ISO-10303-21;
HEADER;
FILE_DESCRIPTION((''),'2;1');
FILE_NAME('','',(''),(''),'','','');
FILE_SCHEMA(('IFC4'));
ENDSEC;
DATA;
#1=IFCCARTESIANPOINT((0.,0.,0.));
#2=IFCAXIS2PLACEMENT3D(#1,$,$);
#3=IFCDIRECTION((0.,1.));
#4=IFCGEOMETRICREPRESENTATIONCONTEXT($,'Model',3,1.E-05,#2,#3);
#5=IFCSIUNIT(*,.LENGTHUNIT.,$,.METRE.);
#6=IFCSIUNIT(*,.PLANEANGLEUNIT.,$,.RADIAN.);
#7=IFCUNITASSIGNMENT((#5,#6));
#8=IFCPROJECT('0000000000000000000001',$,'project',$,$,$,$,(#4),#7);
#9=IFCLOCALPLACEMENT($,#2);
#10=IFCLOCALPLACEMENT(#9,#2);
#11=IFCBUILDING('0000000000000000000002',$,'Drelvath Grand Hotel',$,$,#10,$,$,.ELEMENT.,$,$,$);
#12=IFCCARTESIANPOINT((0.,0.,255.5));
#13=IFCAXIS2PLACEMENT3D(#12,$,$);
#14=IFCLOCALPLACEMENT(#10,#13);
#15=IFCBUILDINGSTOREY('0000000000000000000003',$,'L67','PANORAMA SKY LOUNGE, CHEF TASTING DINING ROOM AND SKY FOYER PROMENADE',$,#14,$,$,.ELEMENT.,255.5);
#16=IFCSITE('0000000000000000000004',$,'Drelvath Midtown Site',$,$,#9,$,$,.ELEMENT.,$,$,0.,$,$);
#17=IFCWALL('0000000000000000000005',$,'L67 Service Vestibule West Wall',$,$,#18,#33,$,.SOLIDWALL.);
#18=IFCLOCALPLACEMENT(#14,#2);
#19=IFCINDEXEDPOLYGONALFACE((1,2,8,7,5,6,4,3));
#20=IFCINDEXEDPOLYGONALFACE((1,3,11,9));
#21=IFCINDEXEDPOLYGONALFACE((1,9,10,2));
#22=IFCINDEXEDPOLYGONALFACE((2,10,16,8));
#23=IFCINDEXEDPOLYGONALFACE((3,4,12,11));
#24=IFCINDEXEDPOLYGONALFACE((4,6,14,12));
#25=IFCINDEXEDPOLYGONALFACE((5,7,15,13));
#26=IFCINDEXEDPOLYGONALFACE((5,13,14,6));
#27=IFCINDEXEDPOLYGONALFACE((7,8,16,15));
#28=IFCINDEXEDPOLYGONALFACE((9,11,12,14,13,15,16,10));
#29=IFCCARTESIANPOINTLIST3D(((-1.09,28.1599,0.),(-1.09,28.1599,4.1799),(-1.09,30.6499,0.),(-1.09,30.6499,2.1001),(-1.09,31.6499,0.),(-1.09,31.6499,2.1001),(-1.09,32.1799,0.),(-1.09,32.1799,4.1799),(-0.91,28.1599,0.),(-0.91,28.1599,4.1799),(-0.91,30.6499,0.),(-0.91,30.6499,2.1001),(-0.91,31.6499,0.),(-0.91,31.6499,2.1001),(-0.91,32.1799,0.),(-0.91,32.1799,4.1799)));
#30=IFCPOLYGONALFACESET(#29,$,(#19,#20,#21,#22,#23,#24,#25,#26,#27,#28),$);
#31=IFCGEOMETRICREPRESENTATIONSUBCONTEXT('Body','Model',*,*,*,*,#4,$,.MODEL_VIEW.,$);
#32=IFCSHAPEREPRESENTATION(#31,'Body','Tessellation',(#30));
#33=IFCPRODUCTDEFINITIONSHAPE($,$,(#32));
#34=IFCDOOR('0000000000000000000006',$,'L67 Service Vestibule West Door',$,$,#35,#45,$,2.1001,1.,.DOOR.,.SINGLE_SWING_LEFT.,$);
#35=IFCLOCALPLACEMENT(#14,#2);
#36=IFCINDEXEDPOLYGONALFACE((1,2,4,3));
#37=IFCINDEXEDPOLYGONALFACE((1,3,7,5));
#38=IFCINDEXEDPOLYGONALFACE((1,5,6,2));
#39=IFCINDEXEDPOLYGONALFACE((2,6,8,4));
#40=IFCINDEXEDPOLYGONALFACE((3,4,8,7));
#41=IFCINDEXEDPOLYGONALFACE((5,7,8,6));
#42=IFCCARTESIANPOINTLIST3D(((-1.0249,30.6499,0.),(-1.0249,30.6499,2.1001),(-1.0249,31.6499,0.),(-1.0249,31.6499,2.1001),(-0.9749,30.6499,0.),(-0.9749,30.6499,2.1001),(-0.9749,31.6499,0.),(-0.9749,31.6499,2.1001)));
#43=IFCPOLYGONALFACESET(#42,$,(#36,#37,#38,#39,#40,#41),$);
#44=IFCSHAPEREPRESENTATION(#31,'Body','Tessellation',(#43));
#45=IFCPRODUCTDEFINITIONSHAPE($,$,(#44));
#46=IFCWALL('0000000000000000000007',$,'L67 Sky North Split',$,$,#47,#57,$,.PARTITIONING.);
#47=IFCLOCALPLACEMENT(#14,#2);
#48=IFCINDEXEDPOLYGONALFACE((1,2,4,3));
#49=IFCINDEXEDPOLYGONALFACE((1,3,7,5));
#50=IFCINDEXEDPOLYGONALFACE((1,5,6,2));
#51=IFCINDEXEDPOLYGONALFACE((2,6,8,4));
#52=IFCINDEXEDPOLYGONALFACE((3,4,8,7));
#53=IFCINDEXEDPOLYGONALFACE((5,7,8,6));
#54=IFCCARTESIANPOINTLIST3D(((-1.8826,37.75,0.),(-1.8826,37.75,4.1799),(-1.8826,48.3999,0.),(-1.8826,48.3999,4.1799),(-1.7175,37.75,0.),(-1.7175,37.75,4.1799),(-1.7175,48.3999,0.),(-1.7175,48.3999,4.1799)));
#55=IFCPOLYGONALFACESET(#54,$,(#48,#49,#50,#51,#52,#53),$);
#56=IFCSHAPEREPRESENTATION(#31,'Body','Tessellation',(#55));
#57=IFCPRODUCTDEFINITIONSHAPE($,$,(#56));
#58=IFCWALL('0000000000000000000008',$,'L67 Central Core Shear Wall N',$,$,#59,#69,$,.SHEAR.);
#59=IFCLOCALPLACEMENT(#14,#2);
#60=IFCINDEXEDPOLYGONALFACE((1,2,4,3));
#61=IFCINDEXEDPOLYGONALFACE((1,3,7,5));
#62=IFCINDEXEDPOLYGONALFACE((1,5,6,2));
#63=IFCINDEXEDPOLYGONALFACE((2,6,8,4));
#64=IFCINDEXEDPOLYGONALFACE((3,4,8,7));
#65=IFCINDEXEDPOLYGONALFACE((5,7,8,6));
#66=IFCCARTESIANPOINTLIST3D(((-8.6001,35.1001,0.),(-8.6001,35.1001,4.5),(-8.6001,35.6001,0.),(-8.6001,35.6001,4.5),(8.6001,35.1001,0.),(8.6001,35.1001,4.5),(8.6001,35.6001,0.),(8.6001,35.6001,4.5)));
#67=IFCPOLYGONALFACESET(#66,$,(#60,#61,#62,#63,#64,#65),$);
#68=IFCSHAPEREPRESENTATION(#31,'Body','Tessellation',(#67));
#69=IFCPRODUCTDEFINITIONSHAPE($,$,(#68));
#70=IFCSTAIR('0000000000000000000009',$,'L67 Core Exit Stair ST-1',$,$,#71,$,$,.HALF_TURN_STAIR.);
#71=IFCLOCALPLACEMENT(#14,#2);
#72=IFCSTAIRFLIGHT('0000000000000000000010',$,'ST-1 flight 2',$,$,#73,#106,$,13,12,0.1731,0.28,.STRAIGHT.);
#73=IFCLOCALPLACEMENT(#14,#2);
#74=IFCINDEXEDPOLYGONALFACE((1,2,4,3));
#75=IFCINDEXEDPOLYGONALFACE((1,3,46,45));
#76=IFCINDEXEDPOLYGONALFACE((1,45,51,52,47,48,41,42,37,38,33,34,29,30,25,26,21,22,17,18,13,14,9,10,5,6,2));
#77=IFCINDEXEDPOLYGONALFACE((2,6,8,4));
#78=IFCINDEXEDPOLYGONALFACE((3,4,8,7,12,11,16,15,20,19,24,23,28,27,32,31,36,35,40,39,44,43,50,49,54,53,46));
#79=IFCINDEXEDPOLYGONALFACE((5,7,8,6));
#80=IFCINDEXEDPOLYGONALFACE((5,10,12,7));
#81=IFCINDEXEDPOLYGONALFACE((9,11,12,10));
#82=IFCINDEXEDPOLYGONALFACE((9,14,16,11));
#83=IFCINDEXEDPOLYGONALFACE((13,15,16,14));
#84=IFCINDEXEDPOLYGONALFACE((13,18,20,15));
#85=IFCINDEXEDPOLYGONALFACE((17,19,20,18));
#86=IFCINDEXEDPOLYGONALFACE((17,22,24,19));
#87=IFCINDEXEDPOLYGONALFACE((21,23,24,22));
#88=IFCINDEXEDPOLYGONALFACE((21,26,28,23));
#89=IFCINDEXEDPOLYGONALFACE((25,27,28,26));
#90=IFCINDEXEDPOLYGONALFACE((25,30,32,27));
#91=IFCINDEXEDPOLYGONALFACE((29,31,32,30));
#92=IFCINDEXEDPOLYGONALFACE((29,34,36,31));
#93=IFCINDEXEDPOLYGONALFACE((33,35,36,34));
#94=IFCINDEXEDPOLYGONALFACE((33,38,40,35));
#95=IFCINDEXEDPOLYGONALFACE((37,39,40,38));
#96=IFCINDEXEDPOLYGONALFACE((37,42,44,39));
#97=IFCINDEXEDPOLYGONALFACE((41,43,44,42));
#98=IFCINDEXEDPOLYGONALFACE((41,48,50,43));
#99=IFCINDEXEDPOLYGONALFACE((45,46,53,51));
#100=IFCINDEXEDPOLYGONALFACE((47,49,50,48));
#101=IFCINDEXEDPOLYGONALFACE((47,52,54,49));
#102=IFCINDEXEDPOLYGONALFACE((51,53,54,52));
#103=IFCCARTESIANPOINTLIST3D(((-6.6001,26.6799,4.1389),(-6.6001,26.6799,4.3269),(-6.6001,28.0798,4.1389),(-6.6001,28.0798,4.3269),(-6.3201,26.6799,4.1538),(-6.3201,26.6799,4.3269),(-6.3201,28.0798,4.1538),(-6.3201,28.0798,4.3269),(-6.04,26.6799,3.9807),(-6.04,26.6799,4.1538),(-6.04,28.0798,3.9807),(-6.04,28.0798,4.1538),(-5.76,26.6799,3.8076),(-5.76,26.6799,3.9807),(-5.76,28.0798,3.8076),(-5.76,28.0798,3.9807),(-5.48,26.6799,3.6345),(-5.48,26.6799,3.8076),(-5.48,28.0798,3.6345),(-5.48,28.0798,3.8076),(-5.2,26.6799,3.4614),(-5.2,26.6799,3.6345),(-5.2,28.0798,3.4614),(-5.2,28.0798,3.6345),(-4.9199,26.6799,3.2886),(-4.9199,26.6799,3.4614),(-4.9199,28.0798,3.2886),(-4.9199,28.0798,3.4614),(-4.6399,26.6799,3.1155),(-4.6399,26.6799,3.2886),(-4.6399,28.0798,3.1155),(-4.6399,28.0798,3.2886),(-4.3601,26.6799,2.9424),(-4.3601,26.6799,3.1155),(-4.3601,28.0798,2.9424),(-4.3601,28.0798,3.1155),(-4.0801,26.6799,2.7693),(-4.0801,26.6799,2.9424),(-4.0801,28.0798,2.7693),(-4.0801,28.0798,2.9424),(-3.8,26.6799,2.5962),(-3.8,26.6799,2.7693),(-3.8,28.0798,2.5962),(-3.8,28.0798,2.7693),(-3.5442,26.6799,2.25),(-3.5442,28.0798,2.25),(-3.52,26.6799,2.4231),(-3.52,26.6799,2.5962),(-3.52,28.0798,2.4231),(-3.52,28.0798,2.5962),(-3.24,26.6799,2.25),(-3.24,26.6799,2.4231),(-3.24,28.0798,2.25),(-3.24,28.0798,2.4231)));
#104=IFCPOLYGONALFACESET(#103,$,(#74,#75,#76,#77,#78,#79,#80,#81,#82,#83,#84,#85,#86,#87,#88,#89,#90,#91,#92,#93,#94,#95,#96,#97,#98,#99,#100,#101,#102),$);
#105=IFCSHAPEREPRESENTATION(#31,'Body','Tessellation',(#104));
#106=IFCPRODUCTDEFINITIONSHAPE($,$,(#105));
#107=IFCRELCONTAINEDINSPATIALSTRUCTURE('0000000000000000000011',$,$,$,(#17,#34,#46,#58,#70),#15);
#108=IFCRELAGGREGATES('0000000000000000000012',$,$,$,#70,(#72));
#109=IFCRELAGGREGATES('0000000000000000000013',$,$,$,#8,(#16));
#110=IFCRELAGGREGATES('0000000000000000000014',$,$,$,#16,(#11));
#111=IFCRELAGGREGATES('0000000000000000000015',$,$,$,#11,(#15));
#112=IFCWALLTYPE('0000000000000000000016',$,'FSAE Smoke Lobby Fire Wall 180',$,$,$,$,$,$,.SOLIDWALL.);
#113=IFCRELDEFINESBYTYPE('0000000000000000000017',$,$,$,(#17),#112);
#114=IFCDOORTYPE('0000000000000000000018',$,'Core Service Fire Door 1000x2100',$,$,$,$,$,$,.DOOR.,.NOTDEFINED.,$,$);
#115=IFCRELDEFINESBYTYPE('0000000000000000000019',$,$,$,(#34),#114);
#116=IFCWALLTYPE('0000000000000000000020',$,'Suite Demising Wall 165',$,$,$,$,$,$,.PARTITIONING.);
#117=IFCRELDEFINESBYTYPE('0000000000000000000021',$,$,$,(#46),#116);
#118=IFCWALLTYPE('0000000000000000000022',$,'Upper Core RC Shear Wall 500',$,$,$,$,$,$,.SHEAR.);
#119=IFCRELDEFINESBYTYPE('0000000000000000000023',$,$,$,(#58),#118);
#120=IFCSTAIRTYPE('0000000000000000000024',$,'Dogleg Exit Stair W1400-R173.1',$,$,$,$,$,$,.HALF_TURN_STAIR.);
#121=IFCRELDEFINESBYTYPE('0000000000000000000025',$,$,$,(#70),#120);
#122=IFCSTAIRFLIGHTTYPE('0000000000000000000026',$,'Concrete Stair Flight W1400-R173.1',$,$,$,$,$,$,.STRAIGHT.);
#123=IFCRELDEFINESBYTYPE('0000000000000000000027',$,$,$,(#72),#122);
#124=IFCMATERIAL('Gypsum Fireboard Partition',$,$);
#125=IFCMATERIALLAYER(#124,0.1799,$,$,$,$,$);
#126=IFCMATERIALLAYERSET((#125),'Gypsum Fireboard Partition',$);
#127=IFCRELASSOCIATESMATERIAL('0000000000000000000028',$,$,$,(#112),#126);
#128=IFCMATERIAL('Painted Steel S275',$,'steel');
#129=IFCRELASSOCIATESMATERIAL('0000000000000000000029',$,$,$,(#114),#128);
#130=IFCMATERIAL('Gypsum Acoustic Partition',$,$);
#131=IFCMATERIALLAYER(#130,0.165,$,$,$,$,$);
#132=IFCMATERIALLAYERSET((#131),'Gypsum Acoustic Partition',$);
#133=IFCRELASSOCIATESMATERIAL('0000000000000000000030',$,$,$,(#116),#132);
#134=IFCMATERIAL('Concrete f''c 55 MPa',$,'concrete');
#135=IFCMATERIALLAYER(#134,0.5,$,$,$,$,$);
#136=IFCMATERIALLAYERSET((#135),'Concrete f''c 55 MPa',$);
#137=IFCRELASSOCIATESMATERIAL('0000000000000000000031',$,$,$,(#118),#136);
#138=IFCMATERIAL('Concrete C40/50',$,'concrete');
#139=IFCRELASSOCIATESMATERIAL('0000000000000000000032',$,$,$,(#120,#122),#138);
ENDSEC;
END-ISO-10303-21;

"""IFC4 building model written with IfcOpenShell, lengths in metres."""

from ifc_helpers import new_model, si_unit, direction, frame, frame_2d, origin, place, context, subcontext, project, spatial, polyline, rectangle, outline, extrude, material, layer, layer_set, type_object, element, fill, aggregate, save


model = new_model("IFC4")

# Units and contexts
model_context = context("Model", 3, precision=1e-05, world=origin(), true_north=direction((0.0, 1.0)))
body_context = subcontext(model_context, "Body", "Model", "MODEL_VIEW")
ifc_project = project(units=[si_unit("LENGTHUNIT", "METRE"), si_unit("PLANEANGLEUNIT", "RADIAN")], contexts=[model_context])

# Site, building, storey
site_placement = place(None, origin())
site = spatial("IfcSite", under=ifc_project, at=site_placement, Name="Drelvath Midtown Site", CompositionType="ELEMENT", RefElevation=0.0)
building_placement = place(site_placement, origin())
building = spatial("IfcBuilding", under=site, at=building_placement, Name="Drelvath Grand Hotel", CompositionType="ELEMENT")
storey_placement = place(building_placement, frame((0.0, 0.0, 255.5)))
storey = spatial("IfcBuildingStorey", under=building, at=storey_placement, Name="L67", Description="PANORAMA SKY LOUNGE, CHEF TASTING DINING ROOM AND SKY FOYER PROMENADE", CompositionType="ELEMENT", Elevation=255.5)

# Shared definitions
ifc_material_1 = material(Name="Concrete f'c 55 MPa", Category="concrete")

# Shared definitions
ifc_material_2 = material(Name="Painted Steel S275", Category="steel")

# Shared definitions
ifc_material_3 = material(Name="Concrete C40/50", Category="concrete")

# Shared definitions
ifc_material_4 = material(Name="Gypsum Fireboard Partition")

# Wall, opening, door
ifc_layer_1 = layer(ifc_material_4, 0.1799)
ifc_layer_set_1 = layer_set([ifc_layer_1], Name="Gypsum Fireboard Partition")
wall_type_1 = type_object("IfcWallType", Name="FSAE Smoke Lobby Fire Wall 180", PredefinedType="SOLIDWALL", material=ifc_layer_set_1)
wall_1_placement = place(storey_placement, frame((-1.0, 28.1599, 0.0), z_axis=(0.0, 0.0, 1.0), x_axis=(0.0, 1.0, 0.0)))
wall_1 = element("IfcWall", 1, at=wall_1_placement, inside=storey, type_object=wall_type_1, Name="L67 Service Vestibule West Wall", PredefinedType="SOLIDWALL", context=body_context, shape_type="SweptSolid", body=[
    extrude(rectangle(XDim=4.02, YDim=0.1799, at=frame_2d((2.01, 0.0))), origin(), (0.0, 0.0, 1.0), 4.1799),
])
opening_1_placement = place(wall_1_placement, frame((2.49, 0.0, 0.0)))
opening_1 = element("IfcOpeningElement", 2, at=opening_1_placement, cuts=wall_1, PredefinedType="OPENING", context=body_context, shape_type="SweptSolid", body=[
    extrude(rectangle(XDim=1.0, YDim=2.1001, at=frame_2d((0.5, 1.05))), frame((0.0, 0.0999, 0.0), z_axis=(0.0, -1.0, 0.0), x_axis=(1.0, 0.0, 0.0)), (0.0, 0.0, 1.0), 0.2),
])
door_type_1 = type_object("IfcDoorType", Name="Core Service Fire Door 1000x2100", OperationType="NOTDEFINED", PredefinedType="DOOR", material=ifc_material_2)
door_1_placement = place(opening_1_placement, origin())
door_1 = element("IfcDoor", 3, at=door_1_placement, inside=storey, type_object=door_type_1, Name="L67 Service Vestibule West Door", OperationType="SINGLE_SWING_LEFT", OverallHeight=2.1001, OverallWidth=1.0, PredefinedType="DOOR", context=body_context, shape_type="SweptSolid", body=[
    extrude(rectangle(XDim=1.0, YDim=2.1001, at=frame_2d((0.5, 1.05))), frame((0.0, 0.0249, 0.0), z_axis=(0.0, -1.0, 0.0), x_axis=(1.0, 0.0, 0.0)), (0.0, 0.0, 1.0), 0.05),
])
fill(opening_1, door_1)

# Walls
ifc_material_5 = material(Name="Gypsum Acoustic Partition")
ifc_layer_2 = layer(ifc_material_5, 0.165)
ifc_layer_set_2 = layer_set([ifc_layer_2], Name="Gypsum Acoustic Partition")
wall_type_2 = type_object("IfcWallType", Name="Suite Demising Wall 165", PredefinedType="PARTITIONING", material=ifc_layer_set_2)
wall_2_placement = place(storey_placement, frame((-1.8, 37.75, 0.0), z_axis=(0.0, 0.0, 1.0), x_axis=(0.0, 1.0, 0.0)))
element("IfcWall", 4, at=wall_2_placement, inside=storey, type_object=wall_type_2, Name="L67 Sky North Split", PredefinedType="PARTITIONING", context=body_context, shape_type="SweptSolid", body=[
    extrude(rectangle(XDim=10.6499, YDim=0.165, at=frame_2d((5.325, 0.0))), origin(), (0.0, 0.0, 1.0), 4.1799),
])
ifc_layer_3 = layer(ifc_material_1, 0.5)
ifc_layer_set_3 = layer_set([ifc_layer_3], Name="Concrete f'c 55 MPa")
wall_type_3 = type_object("IfcWallType", Name="Upper Core RC Shear Wall 500", PredefinedType="SHEAR", material=ifc_layer_set_3)
wall_3_placement = place(storey_placement, frame((-8.6001, 35.3501, 0.0), z_axis=(0.0, 0.0, 1.0), x_axis=(1.0, 0.0, 0.0)))
element("IfcWall", 5, at=wall_3_placement, inside=storey, type_object=wall_type_3, Name="L67 Central Core Shear Wall N", PredefinedType="SHEAR", context=body_context, shape_type="SweptSolid", body=[
    extrude(rectangle(XDim=17.2002, YDim=0.5, at=frame_2d((8.6001, 0.0))), origin(), (0.0, 0.0, 1.0), 4.5),
])

# Stair, stair flight
stair_type = type_object("IfcStairType", Name="Dogleg Exit Stair W1400-R173.1", PredefinedType="HALF_TURN_STAIR", material=ifc_material_3)
stair_placement = place(storey_placement, origin())
stair = element("IfcStair", 6, at=stair_placement, inside=storey, type_object=stair_type, Name="L67 Core Exit Stair ST-1", PredefinedType="HALF_TURN_STAIR")
stair_flight_type = type_object("IfcStairFlightType", Name="Concrete Stair Flight W1400-R173.1", PredefinedType="STRAIGHT", material=ifc_material_3)
stair_flight_placement = place(storey_placement, frame((-3.24, 27.3799, 2.25), z_axis=(0.0, 0.0, 1.0), x_axis=(-1.0, 0.0, 0.0)))
stair_flight = element("IfcStairFlight", 7, at=stair_flight_placement, type_object=stair_flight_type, Name="ST-1 flight 2", NumberOfRisers=13, NumberOfTreads=12, PredefinedType="STRAIGHT", RiserHeight=0.1731, TreadLength=0.28, context=body_context, shape_type="SweptSolid", body=[
    extrude(outline(polyline([(0.0, 0.0), (0.0, 0.1731), (0.28, 0.1731), (0.28, 0.3462), (0.5601, 0.3462), (0.5601, 0.5193), (0.8401, 0.5193), (0.8401, 0.6924), (1.1201, 0.6924), (1.1201, 0.8655), (1.3999, 0.8655), (1.3999, 1.0386), (1.6799, 1.0386), (1.6799, 1.2114), (1.96, 1.2114), (1.96, 1.3845), (2.24, 1.3845), (2.24, 1.5576), (2.52, 1.5576), (2.52, 1.7307), (2.8, 1.7307), (2.8, 1.9038), (3.0801, 1.9038), (3.0801, 2.0769), (3.3601, 2.0769), (3.3601, 2.25), (3.3601, 1.8889), (0.3042, 0.0), (0.0, 0.0)])), frame((0.0, 0.7, 0.0), z_axis=(0.0, -1.0, 0.0), x_axis=(1.0, 0.0, 0.0)), (0.0, 0.0, 1.0), 1.3999),
])
aggregate(stair, [stair_flight])

save(model, "model.ifc")
